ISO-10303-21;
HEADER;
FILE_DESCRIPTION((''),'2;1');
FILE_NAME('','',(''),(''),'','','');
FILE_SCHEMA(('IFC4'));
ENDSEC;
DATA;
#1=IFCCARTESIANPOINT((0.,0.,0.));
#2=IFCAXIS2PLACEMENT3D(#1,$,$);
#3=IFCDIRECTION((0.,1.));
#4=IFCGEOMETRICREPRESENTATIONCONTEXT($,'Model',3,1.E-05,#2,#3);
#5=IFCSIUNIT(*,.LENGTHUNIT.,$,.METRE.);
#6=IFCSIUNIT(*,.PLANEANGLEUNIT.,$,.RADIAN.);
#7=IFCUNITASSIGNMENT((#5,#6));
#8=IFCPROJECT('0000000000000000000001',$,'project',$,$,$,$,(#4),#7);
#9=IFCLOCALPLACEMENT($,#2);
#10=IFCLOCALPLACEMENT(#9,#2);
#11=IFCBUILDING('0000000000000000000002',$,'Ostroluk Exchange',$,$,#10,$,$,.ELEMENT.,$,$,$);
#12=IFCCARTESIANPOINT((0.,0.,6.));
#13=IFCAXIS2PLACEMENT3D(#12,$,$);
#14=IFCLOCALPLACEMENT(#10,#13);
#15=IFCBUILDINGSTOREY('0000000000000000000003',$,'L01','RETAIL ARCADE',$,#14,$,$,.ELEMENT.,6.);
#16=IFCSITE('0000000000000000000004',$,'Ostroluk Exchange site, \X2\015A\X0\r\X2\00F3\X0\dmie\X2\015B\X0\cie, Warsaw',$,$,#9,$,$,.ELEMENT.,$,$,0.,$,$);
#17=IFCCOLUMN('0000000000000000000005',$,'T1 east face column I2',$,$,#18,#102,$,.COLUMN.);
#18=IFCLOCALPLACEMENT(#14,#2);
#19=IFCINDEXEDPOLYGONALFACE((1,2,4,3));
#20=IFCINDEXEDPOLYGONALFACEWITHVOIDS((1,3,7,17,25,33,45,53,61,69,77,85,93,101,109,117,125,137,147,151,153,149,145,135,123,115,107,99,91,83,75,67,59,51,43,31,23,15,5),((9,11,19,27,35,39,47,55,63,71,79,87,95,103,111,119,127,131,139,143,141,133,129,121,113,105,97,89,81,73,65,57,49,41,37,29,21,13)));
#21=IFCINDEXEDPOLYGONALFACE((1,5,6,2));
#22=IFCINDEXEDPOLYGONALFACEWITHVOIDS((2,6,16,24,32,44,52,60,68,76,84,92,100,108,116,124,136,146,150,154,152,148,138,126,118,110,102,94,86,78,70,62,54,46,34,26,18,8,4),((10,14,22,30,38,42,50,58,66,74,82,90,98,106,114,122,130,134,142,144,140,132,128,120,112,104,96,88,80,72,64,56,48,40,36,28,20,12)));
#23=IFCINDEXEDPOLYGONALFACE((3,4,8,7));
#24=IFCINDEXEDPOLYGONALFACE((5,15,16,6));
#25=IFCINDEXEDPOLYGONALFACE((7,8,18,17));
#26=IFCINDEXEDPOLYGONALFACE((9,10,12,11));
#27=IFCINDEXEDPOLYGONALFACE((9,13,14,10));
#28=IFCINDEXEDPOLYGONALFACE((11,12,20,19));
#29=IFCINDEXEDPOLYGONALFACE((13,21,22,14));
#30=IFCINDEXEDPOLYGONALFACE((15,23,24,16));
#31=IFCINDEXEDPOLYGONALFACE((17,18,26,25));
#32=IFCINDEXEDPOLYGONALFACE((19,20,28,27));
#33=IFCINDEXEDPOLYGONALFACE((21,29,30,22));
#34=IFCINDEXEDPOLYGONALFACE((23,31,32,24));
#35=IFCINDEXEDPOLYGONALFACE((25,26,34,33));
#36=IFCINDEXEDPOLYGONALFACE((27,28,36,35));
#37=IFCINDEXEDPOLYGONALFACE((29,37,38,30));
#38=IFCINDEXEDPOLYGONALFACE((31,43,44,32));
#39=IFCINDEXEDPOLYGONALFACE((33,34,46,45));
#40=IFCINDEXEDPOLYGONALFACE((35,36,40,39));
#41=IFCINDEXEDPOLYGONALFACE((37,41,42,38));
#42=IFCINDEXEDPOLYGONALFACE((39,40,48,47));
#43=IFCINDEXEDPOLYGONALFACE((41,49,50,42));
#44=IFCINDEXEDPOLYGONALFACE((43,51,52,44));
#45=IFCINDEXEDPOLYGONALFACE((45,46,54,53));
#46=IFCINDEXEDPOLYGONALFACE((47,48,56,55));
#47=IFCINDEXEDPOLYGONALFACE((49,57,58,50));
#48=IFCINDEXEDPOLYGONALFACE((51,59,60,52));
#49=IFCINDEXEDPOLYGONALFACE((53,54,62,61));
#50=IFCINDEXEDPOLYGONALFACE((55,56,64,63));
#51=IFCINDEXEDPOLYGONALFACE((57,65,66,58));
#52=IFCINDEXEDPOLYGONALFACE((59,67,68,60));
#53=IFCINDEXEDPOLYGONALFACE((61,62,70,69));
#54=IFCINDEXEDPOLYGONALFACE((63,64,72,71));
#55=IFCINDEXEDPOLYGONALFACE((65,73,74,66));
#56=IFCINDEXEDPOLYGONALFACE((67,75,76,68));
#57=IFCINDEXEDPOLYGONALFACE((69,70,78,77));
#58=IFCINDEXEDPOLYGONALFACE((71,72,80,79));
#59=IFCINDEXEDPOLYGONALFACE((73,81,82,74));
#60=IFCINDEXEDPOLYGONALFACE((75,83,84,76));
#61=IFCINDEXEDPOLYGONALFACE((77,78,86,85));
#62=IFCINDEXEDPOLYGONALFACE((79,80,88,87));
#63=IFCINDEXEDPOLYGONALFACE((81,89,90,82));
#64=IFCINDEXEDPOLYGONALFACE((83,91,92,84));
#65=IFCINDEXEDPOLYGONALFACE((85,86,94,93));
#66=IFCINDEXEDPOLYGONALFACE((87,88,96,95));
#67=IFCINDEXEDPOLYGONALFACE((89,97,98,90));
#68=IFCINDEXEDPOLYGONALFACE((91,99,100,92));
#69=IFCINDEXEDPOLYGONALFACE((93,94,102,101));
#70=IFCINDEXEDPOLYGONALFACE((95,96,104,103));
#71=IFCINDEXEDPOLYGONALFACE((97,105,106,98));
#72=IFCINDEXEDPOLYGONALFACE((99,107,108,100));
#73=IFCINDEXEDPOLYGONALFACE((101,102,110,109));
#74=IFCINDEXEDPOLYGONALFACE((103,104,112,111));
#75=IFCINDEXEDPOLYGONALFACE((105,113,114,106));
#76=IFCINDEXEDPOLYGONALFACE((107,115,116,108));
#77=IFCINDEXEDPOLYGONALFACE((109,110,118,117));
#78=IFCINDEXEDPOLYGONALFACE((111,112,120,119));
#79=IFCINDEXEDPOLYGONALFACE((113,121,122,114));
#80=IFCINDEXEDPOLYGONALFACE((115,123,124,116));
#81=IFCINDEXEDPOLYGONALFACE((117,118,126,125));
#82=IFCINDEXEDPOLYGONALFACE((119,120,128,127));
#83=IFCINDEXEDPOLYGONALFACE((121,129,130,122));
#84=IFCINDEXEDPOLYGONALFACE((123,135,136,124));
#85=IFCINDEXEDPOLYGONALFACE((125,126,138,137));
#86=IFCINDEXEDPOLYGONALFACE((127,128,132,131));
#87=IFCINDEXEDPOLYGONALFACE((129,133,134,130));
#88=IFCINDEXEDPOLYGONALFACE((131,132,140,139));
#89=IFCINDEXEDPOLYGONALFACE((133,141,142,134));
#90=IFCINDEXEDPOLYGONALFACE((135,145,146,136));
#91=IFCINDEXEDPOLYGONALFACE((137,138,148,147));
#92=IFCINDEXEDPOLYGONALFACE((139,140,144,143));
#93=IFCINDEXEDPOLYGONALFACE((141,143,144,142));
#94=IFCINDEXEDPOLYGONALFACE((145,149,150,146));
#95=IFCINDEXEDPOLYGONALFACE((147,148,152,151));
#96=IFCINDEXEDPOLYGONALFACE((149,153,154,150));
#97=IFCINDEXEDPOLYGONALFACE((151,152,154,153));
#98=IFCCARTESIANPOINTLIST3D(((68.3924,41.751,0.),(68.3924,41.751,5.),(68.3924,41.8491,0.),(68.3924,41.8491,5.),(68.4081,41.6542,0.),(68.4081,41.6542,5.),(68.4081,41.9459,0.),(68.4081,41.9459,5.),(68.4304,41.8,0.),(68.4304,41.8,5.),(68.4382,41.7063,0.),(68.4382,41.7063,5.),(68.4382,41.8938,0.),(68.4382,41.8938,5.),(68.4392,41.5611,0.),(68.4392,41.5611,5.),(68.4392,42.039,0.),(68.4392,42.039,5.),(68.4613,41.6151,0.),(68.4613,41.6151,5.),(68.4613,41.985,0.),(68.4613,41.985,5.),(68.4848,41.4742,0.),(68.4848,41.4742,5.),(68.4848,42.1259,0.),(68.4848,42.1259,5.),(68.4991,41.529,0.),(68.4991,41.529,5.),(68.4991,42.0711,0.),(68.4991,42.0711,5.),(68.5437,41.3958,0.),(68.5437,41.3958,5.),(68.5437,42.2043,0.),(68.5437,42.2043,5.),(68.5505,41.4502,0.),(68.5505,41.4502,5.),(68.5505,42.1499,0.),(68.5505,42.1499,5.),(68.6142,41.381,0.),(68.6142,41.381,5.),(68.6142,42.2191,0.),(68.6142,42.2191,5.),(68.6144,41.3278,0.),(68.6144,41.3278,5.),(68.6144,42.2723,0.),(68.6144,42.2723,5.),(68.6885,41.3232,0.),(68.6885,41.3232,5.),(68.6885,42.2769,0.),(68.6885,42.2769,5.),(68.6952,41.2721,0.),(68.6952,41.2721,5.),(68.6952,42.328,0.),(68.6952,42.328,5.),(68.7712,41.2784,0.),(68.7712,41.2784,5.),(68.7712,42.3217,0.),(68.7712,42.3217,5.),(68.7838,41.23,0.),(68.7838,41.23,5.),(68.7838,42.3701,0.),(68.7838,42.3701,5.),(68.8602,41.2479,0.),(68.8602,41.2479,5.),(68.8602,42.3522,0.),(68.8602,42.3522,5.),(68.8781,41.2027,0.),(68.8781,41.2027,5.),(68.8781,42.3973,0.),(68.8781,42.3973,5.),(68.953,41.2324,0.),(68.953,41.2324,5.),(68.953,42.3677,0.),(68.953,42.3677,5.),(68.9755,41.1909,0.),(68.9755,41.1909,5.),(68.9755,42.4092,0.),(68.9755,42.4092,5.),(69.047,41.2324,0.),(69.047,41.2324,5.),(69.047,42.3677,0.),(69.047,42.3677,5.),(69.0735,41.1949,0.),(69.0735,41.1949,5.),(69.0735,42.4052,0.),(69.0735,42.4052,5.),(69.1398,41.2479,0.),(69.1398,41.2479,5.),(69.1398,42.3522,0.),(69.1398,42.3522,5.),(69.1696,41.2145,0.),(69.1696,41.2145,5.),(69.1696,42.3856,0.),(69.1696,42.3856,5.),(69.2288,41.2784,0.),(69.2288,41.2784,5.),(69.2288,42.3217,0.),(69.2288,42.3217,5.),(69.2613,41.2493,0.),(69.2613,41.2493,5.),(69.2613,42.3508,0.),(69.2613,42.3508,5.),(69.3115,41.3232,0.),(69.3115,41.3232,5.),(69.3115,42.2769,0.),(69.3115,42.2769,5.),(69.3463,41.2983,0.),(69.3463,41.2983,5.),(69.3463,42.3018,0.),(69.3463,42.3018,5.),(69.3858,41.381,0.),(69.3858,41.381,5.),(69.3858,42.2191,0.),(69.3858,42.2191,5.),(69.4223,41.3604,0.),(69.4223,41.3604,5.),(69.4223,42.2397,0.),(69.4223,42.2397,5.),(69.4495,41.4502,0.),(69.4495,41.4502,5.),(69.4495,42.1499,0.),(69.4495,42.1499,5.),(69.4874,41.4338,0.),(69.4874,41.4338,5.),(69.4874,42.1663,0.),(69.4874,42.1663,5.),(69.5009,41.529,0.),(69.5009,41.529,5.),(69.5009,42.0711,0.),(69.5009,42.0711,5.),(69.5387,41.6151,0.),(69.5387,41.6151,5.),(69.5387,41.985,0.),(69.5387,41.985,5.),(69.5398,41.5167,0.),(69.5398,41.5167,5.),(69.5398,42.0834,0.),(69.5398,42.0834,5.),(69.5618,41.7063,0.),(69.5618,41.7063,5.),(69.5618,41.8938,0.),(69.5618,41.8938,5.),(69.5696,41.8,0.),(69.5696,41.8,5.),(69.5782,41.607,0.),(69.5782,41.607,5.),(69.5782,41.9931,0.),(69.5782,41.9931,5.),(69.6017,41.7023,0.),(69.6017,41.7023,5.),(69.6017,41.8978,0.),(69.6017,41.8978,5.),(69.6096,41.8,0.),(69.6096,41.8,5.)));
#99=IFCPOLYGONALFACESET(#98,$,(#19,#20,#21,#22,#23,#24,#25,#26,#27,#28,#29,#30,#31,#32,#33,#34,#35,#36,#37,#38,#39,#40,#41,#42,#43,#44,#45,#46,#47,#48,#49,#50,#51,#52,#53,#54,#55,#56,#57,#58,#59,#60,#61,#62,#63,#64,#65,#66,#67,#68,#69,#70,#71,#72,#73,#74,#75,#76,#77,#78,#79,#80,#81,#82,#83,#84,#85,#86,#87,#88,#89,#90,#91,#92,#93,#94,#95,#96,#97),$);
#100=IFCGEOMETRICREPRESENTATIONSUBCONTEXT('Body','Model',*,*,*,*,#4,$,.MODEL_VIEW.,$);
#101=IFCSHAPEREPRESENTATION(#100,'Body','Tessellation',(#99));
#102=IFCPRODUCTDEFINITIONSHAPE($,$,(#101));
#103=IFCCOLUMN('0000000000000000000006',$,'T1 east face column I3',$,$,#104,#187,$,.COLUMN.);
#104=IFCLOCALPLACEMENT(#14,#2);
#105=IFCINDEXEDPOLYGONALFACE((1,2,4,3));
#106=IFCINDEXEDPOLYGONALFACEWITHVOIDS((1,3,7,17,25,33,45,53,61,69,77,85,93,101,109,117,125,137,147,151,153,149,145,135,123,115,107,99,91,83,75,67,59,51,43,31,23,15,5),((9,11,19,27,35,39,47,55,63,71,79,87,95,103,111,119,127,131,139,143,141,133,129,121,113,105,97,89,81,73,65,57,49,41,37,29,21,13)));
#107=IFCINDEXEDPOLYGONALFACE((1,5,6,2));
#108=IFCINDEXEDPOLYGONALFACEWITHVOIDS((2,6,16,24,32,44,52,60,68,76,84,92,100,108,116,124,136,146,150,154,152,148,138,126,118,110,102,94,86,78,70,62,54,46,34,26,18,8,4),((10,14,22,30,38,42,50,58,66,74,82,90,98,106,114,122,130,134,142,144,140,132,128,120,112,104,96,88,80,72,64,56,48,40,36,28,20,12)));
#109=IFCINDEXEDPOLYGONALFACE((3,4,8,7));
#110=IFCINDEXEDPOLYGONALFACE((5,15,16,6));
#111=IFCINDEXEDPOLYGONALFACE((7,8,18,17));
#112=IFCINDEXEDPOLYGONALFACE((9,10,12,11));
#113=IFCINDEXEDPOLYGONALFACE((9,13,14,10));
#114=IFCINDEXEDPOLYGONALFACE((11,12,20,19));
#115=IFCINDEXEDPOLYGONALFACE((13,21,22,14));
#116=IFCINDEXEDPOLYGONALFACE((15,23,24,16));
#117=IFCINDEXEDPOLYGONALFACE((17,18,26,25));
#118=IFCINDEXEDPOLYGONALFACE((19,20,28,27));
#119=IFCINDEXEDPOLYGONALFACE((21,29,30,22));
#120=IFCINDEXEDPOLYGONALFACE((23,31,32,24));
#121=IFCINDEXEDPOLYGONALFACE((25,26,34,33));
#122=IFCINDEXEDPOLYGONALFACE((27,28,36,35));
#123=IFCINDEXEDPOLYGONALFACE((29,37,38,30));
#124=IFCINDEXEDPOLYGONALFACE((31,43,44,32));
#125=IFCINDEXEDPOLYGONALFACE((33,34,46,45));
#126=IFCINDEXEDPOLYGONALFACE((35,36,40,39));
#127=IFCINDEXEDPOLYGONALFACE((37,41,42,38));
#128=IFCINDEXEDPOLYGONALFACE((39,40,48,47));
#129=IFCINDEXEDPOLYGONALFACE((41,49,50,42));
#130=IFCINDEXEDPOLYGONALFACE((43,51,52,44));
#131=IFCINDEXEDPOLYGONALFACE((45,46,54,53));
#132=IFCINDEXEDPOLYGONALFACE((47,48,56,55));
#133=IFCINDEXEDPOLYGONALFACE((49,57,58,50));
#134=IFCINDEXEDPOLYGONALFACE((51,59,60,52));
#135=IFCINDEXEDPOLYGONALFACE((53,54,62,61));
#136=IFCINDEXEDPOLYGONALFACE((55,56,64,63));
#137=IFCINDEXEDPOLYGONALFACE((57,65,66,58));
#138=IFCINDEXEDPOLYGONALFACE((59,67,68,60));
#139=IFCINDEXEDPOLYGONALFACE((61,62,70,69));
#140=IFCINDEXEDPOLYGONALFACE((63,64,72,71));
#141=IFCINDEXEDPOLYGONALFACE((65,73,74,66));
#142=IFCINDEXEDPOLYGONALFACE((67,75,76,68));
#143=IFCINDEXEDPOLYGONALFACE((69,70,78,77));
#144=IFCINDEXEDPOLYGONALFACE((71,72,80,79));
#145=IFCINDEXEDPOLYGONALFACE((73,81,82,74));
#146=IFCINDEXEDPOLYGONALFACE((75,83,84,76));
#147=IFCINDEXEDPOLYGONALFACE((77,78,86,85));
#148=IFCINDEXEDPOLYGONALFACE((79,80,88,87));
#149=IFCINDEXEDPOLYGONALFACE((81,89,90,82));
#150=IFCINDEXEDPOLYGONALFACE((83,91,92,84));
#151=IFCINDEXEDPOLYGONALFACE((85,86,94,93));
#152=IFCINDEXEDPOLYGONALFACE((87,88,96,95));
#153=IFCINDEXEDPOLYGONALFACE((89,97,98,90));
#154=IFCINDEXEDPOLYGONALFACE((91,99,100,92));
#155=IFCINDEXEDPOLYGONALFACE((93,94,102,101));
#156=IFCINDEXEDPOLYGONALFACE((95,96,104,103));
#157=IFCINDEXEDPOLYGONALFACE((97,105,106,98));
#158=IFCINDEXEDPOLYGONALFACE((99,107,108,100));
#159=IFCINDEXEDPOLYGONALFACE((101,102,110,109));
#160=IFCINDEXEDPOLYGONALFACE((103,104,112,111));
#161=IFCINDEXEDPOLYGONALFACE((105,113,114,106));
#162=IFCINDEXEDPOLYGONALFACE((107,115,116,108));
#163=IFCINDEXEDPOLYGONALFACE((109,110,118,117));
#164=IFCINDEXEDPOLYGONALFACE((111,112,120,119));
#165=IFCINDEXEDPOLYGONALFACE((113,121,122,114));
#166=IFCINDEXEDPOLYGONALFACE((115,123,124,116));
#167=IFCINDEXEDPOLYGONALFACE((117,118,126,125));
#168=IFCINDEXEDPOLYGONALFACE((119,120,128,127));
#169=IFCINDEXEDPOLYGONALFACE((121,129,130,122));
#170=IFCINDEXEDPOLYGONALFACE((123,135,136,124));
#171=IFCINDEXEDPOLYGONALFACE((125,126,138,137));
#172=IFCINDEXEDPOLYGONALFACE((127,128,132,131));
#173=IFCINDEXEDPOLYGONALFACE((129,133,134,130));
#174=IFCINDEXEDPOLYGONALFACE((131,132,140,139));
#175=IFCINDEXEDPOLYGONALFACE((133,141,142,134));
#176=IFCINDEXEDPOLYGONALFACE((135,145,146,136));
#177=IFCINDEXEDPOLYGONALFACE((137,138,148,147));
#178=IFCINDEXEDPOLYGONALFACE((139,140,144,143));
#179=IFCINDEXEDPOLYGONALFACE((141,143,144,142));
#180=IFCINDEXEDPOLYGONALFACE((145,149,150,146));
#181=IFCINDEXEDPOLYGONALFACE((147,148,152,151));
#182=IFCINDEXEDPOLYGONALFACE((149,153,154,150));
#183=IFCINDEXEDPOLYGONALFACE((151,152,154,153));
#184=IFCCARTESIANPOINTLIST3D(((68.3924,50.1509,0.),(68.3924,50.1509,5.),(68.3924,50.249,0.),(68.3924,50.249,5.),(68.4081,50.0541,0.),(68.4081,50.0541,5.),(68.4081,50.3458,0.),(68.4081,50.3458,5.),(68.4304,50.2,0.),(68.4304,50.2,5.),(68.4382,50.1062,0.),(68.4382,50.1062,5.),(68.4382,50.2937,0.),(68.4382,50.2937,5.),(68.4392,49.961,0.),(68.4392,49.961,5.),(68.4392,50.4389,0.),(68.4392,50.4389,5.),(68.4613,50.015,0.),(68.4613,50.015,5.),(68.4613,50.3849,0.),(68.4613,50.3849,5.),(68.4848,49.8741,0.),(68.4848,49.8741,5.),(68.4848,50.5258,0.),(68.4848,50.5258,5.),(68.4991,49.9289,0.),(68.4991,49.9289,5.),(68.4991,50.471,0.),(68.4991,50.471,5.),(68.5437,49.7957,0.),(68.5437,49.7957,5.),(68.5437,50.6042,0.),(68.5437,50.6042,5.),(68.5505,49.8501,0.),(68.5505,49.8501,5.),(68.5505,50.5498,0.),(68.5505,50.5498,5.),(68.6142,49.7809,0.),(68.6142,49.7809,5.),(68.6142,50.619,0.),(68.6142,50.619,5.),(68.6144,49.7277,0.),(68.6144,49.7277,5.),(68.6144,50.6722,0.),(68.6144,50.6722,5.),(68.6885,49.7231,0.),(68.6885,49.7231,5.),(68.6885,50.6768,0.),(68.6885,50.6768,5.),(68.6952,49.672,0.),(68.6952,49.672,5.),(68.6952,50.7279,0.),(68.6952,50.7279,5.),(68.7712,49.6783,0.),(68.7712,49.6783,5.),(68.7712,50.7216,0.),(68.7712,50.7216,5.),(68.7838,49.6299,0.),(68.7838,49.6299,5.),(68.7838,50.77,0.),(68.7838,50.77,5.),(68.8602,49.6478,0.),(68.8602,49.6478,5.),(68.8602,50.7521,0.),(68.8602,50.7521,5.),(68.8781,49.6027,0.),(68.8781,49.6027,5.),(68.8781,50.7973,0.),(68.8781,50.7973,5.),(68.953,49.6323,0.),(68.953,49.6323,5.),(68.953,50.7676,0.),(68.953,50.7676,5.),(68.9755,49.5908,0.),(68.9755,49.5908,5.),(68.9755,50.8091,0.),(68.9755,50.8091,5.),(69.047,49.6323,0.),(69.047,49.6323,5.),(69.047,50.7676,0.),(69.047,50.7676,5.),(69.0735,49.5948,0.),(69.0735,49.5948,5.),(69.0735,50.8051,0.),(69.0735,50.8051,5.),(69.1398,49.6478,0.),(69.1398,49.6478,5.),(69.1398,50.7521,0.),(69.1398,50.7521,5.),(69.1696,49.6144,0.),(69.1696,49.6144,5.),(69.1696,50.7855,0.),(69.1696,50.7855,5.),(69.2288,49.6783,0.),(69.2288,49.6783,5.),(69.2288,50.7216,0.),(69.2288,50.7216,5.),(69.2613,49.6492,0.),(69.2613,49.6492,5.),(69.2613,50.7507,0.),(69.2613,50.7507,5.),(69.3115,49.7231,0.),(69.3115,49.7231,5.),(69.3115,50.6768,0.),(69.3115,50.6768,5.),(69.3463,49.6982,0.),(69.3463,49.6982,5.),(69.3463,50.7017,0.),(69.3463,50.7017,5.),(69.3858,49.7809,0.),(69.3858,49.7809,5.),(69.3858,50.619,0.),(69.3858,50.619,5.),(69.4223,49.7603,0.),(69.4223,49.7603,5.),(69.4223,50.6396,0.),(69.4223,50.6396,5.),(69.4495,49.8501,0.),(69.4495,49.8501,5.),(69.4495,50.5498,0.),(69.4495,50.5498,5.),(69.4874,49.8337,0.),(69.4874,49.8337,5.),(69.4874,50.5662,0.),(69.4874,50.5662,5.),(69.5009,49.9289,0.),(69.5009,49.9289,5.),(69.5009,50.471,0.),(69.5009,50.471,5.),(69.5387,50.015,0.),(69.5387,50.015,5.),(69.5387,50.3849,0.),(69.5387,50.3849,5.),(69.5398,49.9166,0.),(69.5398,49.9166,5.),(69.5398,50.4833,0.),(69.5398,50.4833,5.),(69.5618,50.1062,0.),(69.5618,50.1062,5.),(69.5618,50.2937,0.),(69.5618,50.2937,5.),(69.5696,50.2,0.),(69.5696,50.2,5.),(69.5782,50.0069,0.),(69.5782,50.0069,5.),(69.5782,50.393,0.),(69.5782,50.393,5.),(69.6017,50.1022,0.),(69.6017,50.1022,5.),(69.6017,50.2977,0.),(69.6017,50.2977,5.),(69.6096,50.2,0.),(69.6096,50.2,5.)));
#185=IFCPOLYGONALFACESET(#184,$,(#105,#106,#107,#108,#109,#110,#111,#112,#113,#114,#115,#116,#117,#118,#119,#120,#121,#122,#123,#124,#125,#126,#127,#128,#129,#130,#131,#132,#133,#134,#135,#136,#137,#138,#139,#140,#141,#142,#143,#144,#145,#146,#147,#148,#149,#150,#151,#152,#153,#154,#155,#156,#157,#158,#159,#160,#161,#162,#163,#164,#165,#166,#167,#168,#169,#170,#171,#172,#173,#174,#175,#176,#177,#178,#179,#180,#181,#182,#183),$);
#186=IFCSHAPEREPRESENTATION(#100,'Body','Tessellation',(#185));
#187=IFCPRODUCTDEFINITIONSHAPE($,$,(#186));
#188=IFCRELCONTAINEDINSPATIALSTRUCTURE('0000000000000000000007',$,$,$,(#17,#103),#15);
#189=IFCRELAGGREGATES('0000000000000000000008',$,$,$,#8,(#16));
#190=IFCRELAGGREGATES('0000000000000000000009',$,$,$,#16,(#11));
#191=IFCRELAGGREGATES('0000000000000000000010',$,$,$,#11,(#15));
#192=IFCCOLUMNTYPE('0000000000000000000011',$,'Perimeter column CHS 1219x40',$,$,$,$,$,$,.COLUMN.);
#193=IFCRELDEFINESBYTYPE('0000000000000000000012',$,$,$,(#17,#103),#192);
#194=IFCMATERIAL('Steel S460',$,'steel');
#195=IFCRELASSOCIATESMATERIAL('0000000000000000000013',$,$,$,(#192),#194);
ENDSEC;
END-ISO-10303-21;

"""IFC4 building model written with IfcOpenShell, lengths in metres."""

from ifc_helpers import new_model, si_unit, direction, frame, origin, origin_2d, place, context, subcontext, project, spatial, hollow_circle, extrude, material, material_profile, profile_set, type_object, element, save


model = new_model("IFC4")

# Units and contexts
model_context = context("Model", 3, precision=1e-05, world=origin(), true_north=direction((0.0, 1.0)))
body_context = subcontext(model_context, "Body", "Model", "MODEL_VIEW")
ifc_project = project(units=[si_unit("LENGTHUNIT", "METRE"), si_unit("PLANEANGLEUNIT", "RADIAN")], contexts=[model_context])

# Site, building, storey
site_placement = place(None, origin())
site = spatial("IfcSite", under=ifc_project, at=site_placement, Name="Ostroluk Exchange site, Śródmieście, Warsaw", CompositionType="ELEMENT", RefElevation=0.0)
building_placement = place(site_placement, origin())
building = spatial("IfcBuilding", under=site, at=building_placement, Name="Ostroluk Exchange", CompositionType="ELEMENT")
storey_placement = place(building_placement, frame((0.0, 0.0, 6.0)))
storey = spatial("IfcBuildingStorey", under=building, at=storey_placement, Name="L01", Description="RETAIL ARCADE", CompositionType="ELEMENT", Elevation=6.0)

# Columns
ifc_material_1 = material(Name="Steel S460", Category="steel")
ifc_material_profile_1 = material_profile(ifc_material_1, hollow_circle(Radius=0.6096, WallThickness=0.04, at=origin_2d()), Name="CHS 1219x40")
ifc_profile_set_1 = profile_set([ifc_material_profile_1], Name="Steel S460")
column_type = type_object("IfcColumnType", Name="Perimeter column CHS 1219x40", PredefinedType="COLUMN", material=ifc_profile_set_1)
for number, where, z_axis, x_axis, name in (
    (1, (69.0, 41.8, 0.0), (0.0, 0.0, 1.0), (1.0, 0.0, 0.0), "T1 east face column I2"),
    (2, (69.0, 50.2, 0.0), (0.0, 0.0, 1.0), (1.0, 0.0, 0.0), "T1 east face column I3"),
):
    element("IfcColumn", number, at=place(storey_placement, frame(where, z_axis=z_axis, x_axis=x_axis)), inside=storey, type_object=column_type, Name=name, PredefinedType="COLUMN", context=body_context, shape_type="SweptSolid", body=[
        extrude(hollow_circle(Radius=0.6096, WallThickness=0.04, at=origin_2d()), origin(), (0.0, 0.0, 1.0), 5.0),
    ])

save(model, "model.ifc")
